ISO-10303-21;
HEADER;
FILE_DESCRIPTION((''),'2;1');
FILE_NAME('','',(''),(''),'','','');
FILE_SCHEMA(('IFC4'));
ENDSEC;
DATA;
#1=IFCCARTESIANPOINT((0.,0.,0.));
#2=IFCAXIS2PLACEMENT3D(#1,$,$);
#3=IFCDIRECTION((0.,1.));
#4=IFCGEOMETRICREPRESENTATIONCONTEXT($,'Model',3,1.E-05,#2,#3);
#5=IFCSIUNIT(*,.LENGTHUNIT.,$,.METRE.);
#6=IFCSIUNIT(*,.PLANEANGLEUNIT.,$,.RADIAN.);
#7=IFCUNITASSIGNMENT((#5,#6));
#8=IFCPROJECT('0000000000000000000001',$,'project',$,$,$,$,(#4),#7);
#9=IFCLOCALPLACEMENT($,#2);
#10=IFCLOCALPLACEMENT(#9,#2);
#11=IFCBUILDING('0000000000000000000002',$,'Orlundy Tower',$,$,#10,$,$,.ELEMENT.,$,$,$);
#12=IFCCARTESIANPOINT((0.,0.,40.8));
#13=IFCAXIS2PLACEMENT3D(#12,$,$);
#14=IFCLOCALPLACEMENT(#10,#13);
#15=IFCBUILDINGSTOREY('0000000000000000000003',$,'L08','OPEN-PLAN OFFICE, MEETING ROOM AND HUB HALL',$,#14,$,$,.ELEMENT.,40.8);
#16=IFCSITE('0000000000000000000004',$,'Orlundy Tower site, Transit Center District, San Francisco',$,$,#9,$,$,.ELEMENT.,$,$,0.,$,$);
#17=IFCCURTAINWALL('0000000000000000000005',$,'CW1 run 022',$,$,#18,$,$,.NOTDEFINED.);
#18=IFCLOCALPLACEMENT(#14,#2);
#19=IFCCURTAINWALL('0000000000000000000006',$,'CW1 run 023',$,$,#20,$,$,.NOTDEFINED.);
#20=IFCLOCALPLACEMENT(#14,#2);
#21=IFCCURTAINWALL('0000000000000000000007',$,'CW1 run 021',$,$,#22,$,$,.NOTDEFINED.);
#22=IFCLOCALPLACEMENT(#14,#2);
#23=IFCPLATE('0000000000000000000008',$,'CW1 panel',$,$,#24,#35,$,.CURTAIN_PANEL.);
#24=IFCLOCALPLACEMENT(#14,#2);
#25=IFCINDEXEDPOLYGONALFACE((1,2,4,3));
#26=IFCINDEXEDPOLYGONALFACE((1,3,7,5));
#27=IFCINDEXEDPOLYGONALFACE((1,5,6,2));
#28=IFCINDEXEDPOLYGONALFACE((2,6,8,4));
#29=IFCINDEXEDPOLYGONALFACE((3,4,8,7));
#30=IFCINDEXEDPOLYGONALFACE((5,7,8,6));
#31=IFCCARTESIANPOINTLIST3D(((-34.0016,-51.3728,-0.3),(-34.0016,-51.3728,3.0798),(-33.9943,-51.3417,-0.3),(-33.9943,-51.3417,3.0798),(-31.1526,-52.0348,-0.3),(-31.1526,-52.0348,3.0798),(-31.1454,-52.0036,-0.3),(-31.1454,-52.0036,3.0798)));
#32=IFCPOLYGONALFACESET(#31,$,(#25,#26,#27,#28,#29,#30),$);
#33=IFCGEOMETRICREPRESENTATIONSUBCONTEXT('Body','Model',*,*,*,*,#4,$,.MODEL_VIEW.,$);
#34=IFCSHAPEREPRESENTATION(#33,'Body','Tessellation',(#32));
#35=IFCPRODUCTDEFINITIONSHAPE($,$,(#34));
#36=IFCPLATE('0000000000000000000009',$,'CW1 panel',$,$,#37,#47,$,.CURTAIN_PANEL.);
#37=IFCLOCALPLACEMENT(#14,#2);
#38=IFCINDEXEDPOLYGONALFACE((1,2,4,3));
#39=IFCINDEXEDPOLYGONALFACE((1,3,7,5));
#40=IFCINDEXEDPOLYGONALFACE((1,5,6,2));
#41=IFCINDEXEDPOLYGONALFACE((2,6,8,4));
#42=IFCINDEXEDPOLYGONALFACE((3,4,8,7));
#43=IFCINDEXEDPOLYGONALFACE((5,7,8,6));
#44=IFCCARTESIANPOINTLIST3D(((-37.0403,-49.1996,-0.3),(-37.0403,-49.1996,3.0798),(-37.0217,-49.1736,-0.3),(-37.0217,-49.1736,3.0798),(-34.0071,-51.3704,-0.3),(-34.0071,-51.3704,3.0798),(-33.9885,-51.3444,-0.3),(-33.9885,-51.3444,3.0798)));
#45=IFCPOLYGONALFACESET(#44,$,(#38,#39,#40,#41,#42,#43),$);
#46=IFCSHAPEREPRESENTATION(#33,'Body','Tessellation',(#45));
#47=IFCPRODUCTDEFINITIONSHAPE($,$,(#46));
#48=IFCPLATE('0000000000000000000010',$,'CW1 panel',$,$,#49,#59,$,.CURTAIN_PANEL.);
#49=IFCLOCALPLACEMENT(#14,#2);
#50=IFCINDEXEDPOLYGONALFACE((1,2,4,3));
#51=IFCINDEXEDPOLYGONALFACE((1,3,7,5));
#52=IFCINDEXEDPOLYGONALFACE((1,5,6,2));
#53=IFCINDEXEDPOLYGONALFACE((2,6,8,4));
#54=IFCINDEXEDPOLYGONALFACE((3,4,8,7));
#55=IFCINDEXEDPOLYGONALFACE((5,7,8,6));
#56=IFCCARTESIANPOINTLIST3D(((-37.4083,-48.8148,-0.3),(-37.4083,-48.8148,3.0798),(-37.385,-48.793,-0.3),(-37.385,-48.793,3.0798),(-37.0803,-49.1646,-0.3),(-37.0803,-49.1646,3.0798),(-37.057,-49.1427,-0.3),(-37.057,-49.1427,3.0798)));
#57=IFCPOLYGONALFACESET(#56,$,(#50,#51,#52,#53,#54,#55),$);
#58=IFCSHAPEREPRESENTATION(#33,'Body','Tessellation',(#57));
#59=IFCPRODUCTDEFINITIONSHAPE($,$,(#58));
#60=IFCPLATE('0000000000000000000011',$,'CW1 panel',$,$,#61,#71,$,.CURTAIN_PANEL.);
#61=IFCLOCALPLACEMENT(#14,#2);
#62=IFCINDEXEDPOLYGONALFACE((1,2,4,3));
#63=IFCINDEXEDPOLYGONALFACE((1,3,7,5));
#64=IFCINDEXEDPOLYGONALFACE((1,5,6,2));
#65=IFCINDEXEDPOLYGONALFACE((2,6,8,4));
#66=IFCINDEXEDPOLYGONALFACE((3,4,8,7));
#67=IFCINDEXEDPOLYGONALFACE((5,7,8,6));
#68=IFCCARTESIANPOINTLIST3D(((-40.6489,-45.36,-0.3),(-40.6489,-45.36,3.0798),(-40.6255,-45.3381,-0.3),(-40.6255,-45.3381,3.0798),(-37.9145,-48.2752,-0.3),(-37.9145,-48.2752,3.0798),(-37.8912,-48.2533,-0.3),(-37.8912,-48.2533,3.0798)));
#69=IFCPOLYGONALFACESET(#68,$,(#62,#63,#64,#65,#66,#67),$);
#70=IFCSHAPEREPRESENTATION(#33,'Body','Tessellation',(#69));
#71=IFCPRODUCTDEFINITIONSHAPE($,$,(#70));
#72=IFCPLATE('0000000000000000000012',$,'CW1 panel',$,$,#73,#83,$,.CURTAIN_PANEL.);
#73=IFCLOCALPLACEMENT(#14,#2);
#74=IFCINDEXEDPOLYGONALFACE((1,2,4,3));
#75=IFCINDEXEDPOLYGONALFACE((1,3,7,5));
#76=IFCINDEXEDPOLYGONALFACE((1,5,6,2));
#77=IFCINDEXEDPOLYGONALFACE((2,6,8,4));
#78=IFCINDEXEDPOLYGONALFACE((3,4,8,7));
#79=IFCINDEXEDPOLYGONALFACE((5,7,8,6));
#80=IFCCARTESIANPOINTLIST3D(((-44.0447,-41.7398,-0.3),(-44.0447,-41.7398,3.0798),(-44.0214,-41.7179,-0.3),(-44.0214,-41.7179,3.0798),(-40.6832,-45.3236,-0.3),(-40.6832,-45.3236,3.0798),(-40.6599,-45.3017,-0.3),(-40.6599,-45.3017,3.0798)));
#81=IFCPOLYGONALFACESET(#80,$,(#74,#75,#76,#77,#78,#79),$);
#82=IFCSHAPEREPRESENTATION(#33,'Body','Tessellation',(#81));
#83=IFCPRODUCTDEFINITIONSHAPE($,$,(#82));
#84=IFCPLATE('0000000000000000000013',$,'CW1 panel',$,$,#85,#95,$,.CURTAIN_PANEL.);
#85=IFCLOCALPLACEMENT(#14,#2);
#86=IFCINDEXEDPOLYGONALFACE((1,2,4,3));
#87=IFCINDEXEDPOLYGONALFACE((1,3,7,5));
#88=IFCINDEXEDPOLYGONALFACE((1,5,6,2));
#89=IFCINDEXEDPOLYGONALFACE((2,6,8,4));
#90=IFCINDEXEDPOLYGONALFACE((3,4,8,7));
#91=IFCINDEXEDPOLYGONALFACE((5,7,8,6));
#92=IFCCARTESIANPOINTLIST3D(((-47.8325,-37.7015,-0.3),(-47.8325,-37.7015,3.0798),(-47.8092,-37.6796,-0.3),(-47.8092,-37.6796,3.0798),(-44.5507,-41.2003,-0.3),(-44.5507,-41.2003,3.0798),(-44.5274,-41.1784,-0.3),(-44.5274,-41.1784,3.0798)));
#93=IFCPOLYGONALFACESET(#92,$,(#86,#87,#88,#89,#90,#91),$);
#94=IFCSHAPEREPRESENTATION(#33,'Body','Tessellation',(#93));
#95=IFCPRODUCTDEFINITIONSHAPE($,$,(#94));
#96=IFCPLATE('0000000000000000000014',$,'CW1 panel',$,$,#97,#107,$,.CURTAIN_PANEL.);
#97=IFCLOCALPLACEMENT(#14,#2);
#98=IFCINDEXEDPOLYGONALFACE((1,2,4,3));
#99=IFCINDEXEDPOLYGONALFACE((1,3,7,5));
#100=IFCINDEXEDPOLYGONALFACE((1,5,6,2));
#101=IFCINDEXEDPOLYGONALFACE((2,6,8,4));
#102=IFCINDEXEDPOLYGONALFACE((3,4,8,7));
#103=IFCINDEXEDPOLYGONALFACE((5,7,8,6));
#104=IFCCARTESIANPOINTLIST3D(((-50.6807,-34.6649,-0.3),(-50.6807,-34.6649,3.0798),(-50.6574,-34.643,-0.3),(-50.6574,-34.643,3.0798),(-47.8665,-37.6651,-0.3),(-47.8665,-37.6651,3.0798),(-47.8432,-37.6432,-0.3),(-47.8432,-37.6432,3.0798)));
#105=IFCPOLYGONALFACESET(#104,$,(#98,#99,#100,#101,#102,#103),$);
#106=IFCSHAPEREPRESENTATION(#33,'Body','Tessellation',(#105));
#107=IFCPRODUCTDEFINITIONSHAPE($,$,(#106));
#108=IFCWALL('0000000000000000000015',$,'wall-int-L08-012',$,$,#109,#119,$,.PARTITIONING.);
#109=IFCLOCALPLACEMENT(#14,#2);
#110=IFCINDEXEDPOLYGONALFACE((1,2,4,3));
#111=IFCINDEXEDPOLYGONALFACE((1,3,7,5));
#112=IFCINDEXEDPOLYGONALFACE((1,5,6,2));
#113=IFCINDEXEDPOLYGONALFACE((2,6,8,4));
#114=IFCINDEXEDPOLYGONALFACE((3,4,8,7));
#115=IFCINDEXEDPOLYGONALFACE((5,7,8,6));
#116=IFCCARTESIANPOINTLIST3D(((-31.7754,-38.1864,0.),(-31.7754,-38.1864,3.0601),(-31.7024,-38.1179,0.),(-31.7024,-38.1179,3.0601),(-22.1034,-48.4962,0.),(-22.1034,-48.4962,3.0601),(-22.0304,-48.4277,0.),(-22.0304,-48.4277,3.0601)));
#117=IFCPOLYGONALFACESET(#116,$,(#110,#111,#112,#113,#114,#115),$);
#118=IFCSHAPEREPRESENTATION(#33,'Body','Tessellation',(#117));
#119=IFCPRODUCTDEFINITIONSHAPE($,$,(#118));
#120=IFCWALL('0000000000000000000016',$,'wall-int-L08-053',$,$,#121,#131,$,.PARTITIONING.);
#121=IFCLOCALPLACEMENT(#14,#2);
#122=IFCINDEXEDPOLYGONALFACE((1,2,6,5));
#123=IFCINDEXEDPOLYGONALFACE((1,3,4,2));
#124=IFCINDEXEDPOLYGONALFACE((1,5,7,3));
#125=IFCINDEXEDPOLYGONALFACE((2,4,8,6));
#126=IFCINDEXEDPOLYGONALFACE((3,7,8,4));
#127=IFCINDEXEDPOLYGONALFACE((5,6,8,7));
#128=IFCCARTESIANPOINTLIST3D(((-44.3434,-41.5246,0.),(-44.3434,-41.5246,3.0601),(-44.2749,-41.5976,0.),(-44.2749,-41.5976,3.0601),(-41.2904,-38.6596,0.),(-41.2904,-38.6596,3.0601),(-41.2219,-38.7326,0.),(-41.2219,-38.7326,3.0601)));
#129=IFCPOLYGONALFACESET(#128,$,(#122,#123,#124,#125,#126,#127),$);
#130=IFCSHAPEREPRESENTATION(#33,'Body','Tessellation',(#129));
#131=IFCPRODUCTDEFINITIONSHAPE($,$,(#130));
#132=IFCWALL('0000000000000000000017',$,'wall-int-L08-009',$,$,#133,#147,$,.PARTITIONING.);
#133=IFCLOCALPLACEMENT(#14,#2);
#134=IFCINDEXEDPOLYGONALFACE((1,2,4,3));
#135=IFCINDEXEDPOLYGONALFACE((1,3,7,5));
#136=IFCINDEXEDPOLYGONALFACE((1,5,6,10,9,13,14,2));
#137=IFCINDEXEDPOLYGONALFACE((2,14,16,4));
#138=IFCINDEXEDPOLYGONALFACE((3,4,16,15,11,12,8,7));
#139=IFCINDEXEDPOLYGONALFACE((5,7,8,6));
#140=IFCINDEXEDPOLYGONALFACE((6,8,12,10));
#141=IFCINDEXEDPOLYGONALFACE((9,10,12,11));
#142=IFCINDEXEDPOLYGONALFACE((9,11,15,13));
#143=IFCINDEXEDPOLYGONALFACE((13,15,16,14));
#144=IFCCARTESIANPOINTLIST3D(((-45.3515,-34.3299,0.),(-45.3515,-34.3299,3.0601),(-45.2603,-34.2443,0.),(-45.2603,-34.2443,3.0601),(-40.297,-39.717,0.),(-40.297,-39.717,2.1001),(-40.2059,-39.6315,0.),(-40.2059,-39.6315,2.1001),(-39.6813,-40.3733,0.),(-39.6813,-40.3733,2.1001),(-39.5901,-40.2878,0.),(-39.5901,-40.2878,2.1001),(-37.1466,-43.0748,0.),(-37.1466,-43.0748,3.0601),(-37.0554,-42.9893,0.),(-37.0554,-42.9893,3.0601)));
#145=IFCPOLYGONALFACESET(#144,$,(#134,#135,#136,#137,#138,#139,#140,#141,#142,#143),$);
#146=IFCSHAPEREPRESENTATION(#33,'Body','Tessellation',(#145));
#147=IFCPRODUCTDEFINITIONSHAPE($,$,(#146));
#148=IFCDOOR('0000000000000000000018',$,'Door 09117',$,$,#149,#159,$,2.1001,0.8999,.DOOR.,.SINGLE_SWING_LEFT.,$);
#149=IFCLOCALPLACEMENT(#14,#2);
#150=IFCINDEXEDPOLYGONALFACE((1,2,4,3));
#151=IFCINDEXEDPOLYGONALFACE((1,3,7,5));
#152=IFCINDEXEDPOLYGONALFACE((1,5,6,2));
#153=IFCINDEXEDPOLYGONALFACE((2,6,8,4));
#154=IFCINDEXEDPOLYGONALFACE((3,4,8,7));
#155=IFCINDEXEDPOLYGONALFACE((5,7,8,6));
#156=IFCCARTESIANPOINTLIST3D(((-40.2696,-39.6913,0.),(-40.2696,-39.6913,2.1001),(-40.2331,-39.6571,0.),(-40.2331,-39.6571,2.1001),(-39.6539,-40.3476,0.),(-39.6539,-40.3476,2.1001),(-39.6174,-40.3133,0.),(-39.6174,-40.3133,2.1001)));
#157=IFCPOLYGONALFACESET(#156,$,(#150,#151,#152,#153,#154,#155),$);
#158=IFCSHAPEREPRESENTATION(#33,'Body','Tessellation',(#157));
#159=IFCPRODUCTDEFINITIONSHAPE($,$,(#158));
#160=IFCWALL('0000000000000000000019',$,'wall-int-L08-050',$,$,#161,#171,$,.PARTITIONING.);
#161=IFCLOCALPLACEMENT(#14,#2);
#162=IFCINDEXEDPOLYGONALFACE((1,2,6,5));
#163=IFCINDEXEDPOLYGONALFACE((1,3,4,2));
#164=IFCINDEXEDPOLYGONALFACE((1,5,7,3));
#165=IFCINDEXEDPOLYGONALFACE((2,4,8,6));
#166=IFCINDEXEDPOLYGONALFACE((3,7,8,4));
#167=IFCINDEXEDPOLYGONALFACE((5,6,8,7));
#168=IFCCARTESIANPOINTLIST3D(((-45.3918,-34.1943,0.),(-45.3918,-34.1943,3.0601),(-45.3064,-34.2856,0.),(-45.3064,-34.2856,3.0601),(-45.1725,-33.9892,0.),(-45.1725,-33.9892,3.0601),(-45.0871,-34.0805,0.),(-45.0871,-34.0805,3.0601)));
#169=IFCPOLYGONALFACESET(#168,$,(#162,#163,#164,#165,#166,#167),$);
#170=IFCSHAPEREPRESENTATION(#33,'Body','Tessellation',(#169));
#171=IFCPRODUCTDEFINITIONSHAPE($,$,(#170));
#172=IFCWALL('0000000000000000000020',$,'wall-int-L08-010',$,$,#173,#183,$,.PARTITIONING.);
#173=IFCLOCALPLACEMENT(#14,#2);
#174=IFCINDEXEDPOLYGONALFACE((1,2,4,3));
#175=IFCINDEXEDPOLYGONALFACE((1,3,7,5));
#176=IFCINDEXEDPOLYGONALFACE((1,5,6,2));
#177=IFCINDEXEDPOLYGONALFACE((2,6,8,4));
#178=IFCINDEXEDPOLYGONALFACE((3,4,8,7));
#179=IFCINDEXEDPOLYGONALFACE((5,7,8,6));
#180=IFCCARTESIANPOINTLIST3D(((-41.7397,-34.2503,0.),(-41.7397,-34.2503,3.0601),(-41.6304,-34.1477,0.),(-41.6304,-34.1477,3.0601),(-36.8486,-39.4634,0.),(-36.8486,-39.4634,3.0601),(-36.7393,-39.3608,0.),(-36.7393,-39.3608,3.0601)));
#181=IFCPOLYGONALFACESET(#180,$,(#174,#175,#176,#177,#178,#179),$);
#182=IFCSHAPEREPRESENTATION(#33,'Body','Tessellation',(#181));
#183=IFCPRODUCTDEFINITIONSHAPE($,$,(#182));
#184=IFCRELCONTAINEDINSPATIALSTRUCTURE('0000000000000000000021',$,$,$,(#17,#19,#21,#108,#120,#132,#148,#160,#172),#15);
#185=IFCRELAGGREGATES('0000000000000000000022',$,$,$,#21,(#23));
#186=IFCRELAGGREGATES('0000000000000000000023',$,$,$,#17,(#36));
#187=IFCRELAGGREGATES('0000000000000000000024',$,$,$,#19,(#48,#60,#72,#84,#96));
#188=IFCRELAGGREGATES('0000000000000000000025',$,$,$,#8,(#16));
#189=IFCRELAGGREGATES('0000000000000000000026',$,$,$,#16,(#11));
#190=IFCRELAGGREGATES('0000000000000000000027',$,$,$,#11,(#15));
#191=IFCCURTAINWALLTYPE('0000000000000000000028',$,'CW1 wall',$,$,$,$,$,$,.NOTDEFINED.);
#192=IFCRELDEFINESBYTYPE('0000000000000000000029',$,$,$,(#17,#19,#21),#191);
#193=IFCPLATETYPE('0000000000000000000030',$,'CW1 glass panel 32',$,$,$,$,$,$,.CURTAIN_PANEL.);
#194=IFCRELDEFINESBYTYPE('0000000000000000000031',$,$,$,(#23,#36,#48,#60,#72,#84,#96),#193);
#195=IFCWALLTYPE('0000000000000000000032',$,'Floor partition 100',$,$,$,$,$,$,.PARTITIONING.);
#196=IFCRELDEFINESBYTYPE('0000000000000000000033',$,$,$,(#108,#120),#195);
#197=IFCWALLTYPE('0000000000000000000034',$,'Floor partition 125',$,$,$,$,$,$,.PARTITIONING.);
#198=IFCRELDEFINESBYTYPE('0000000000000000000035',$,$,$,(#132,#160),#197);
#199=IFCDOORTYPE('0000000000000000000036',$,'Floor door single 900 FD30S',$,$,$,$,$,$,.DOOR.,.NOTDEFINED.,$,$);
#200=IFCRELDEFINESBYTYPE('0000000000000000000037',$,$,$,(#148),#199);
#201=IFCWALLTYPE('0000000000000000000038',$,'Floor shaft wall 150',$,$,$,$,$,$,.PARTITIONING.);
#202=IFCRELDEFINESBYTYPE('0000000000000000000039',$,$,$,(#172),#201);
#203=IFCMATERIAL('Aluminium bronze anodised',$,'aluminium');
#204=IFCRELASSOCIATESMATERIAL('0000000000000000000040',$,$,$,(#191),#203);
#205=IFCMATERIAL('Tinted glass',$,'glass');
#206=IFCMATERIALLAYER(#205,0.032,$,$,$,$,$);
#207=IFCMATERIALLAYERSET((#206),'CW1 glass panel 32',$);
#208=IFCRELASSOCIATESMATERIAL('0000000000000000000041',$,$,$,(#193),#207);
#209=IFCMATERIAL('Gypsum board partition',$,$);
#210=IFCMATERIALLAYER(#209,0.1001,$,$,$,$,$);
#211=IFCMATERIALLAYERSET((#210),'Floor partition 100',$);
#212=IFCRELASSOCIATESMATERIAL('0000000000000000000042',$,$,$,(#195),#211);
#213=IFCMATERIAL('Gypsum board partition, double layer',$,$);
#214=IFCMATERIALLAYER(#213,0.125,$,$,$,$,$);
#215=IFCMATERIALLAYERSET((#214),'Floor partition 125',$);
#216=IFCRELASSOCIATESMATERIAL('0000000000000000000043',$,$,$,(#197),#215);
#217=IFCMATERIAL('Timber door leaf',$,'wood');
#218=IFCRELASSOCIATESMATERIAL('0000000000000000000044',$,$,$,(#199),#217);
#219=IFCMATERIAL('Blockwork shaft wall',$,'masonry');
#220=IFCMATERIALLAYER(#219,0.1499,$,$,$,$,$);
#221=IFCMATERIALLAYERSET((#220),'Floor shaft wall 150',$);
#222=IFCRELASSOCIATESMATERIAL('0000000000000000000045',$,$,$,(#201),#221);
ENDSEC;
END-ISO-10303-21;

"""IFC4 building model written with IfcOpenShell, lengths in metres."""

from ifc_helpers import new_model, si_unit, direction, frame, frame_2d, origin, origin_2d, place, context, subcontext, project, spatial, rectangle, extrude, material, layer, layer_set, type_object, element, fill, aggregate, save


model = new_model("IFC4")

# Units and contexts
model_context = context("Model", 3, precision=1e-05, world=origin(), true_north=direction((0.0, 1.0)))
body_context = subcontext(model_context, "Body", "Model", "MODEL_VIEW")
ifc_project = project(units=[si_unit("LENGTHUNIT", "METRE"), si_unit("PLANEANGLEUNIT", "RADIAN")], contexts=[model_context])

# Site, building, storey
site_placement = place(None, origin())
site = spatial("IfcSite", under=ifc_project, at=site_placement, Name="Orlundy Tower site, Transit Center District, San Francisco", CompositionType="ELEMENT", RefElevation=0.0)
building_placement = place(site_placement, origin())
building = spatial("IfcBuilding", under=site, at=building_placement, Name="Orlundy Tower", CompositionType="ELEMENT")
storey_placement = place(building_placement, frame((0.0, 0.0, 40.8)))
storey = spatial("IfcBuildingStorey", under=building, at=storey_placement, Name="L08", Description="OPEN-PLAN OFFICE, MEETING ROOM AND HUB HALL", CompositionType="ELEMENT", Elevation=40.8)

# Curtain wall
ifc_material_1 = material(Name="Aluminium bronze anodised", Category="aluminium")
curtain_wall_type = type_object("IfcCurtainWallType", Name="CW1 wall", PredefinedType="NOTDEFINED", material=ifc_material_1)
curtain_wall_1_placement = place(storey_placement, origin())
curtain_wall_1 = element("IfcCurtainWall", 1, at=curtain_wall_1_placement, inside=storey, type_object=curtain_wall_type, Name="CW1 run 022", PredefinedType="NOTDEFINED")

# Curtain wall
curtain_wall_2_placement = place(storey_placement, origin())
curtain_wall_2 = element("IfcCurtainWall", 2, at=curtain_wall_2_placement, inside=storey, type_object=curtain_wall_type, Name="CW1 run 023", PredefinedType="NOTDEFINED")

# Curtain wall
curtain_wall_3_placement = place(storey_placement, origin())
curtain_wall_3 = element("IfcCurtainWall", 3, at=curtain_wall_3_placement, inside=storey, type_object=curtain_wall_type, Name="CW1 run 021", PredefinedType="NOTDEFINED")

# Plates
ifc_material_2 = material(Name="Tinted glass", Category="glass")
ifc_layer_1 = layer(ifc_material_2, 0.032)
ifc_layer_set_1 = layer_set([ifc_layer_1], Name="CW1 glass panel 32")
plate_type = type_object("IfcPlateType", Name="CW1 glass panel 32", PredefinedType="CURTAIN_PANEL", material=ifc_layer_set_1)
plate_1_placement = place(storey_placement, frame((-32.5735, -51.6882, -0.3), z_axis=(0.0, 0.0, 1.0), x_axis=(-0.974054, 0.226317, 0.0)))
plate_1 = element("IfcPlate", 4, at=plate_1_placement, type_object=plate_type, Name="CW1 panel", PredefinedType="CURTAIN_PANEL", context=body_context, shape_type="SweptSolid", body=[
    extrude(rectangle(XDim=2.9248, YDim=0.032, at=origin_2d()), origin(), (0.0, 0.0, 1.0), 3.3799),
])
aggregate(curtain_wall_3, [plate_1])
plate_2_placement = place(storey_placement, frame((-35.5144, -50.272, -0.3), z_axis=(0.0, 0.0, 1.0), x_axis=(-0.813204, 0.581978, 0.0)))
plate_2 = element("IfcPlate", 5, at=plate_2_placement, type_object=plate_type, Name="CW1 panel", PredefinedType="CURTAIN_PANEL", context=body_context, shape_type="SweptSolid", body=[
    extrude(rectangle(XDim=3.73, YDim=0.032, at=origin_2d()), origin(), (0.0, 0.0, 1.0), 3.3799),
])
aggregate(curtain_wall_1, [plate_2])
plate_3_placement = place(storey_placement, frame((-37.2327, -48.9788, -0.3), z_axis=(0.0, 0.0, 1.0), x_axis=(-0.684126, 0.729363, 0.0)))
plate_3 = element("IfcPlate", 6, at=plate_3_placement, type_object=plate_type, Name="CW1 panel", PredefinedType="CURTAIN_PANEL", context=body_context, shape_type="SweptSolid", body=[
    extrude(rectangle(XDim=0.4795, YDim=0.032, at=origin_2d()), origin(), (0.0, 0.0, 1.0), 3.3799),
])
plate_4_placement = place(storey_placement, frame((-39.27, -46.8066, -0.3), z_axis=(0.0, 0.0, 1.0), x_axis=(-0.684126, 0.729363, 0.0)))
plate_4 = element("IfcPlate", 7, at=plate_4_placement, type_object=plate_type, Name="CW1 panel", PredefinedType="CURTAIN_PANEL", context=body_context, shape_type="SweptSolid", body=[
    extrude(rectangle(XDim=3.9968, YDim=0.032, at=origin_2d()), origin(), (0.0, 0.0, 1.0), 3.3799),
])
plate_5_placement = place(storey_placement, frame((-42.3523, -43.5208, -0.3), z_axis=(0.0, 0.0, 1.0), x_axis=(-0.684126, 0.729363, 0.0)))
plate_5 = element("IfcPlate", 8, at=plate_5_placement, type_object=plate_type, Name="CW1 panel", PredefinedType="CURTAIN_PANEL", context=body_context, shape_type="SweptSolid", body=[
    extrude(rectangle(XDim=4.9136, YDim=0.032, at=origin_2d()), origin(), (0.0, 0.0, 1.0), 3.3799),
])
plate_6_placement = place(storey_placement, frame((-46.1799, -39.4399, -0.3), z_axis=(0.0, 0.0, 1.0), x_axis=(-0.684126, 0.729363, 0.0)))
plate_6 = element("IfcPlate", 9, at=plate_6_placement, type_object=plate_type, Name="CW1 panel", PredefinedType="CURTAIN_PANEL", context=body_context, shape_type="SweptSolid", body=[
    extrude(rectangle(XDim=4.7971, YDim=0.032, at=origin_2d()), origin(), (0.0, 0.0, 1.0), 3.3799),
])
plate_7_placement = place(storey_placement, frame((-49.262, -36.1541, -0.3), z_axis=(0.0, 0.0, 1.0), x_axis=(-0.684126, 0.729363, 0.0)))
plate_7 = element("IfcPlate", 10, at=plate_7_placement, type_object=plate_type, Name="CW1 panel", PredefinedType="CURTAIN_PANEL", context=body_context, shape_type="SweptSolid", body=[
    extrude(rectangle(XDim=4.1135, YDim=0.032, at=origin_2d()), origin(), (0.0, 0.0, 1.0), 3.3799),
])
aggregate(curtain_wall_2, [plate_3, plate_4, plate_5, plate_6, plate_7])

# Walls
ifc_material_3 = material(Name="Gypsum board partition")
ifc_layer_2 = layer(ifc_material_3, 0.1001)
ifc_layer_set_2 = layer_set([ifc_layer_2], Name="Floor partition 100")
wall_type_1 = type_object("IfcWallType", Name="Floor partition 100", PredefinedType="PARTITIONING", material=ifc_layer_set_2)
wall_1_placement = place(storey_placement, frame((-31.739, -38.1521, 0.0), z_axis=(0.0, 0.0, 1.0), x_axis=(0.684192, -0.729302, 0.0)))
element("IfcWall", 11, at=wall_1_placement, inside=storey, type_object=wall_type_1, Name="wall-int-L08-012", PredefinedType="PARTITIONING", context=body_context, shape_type="SweptSolid", body=[
    extrude(rectangle(XDim=14.1365, YDim=0.1001, at=frame_2d((7.0684, 0.0))), origin(), (0.0, 0.0, 1.0), 3.0601),
])
wall_2_placement = place(storey_placement, frame((-44.3091, -41.561, 0.0), z_axis=(0.0, 0.0, 1.0), x_axis=(0.729201, 0.6843, 0.0)))
element("IfcWall", 12, at=wall_2_placement, inside=storey, type_object=wall_type_1, Name="wall-int-L08-053", PredefinedType="PARTITIONING", context=body_context, shape_type="SweptSolid", body=[
    extrude(rectangle(XDim=4.1868, YDim=0.1001, at=frame_2d((2.0933, 0.0))), origin(), (0.0, 0.0, 1.0), 3.0601),
])

# Wall, opening, door
ifc_material_4 = material(Name="Gypsum board partition, double layer")
ifc_layer_3 = layer(ifc_material_4, 0.125)
ifc_layer_set_3 = layer_set([ifc_layer_3], Name="Floor partition 125")
wall_type_2 = type_object("IfcWallType", Name="Floor partition 125", PredefinedType="PARTITIONING", material=ifc_layer_set_3)
wall_3_placement = place(storey_placement, frame((-37.1011, -43.032, 0.0), z_axis=(0.0, 0.0, 1.0), x_axis=(-0.68423, 0.729266, 0.0)))
wall_3 = element("IfcWall", 13, at=wall_3_placement, inside=storey, type_object=wall_type_2, Name="wall-int-L08-009", PredefinedType="PARTITIONING", context=body_context, shape_type="SweptSolid", body=[
    extrude(rectangle(XDim=11.9915, YDim=0.125, at=frame_2d((5.9956, 0.0))), origin(), (0.0, 0.0, 1.0), 3.0601),
])
opening_1_placement = place(wall_3_placement, frame((3.7043, 0.0, 0.0)))
opening_1 = element("IfcOpeningElement", 14, at=opening_1_placement, cuts=wall_3, PredefinedType="OPENING", context=body_context, shape_type="SweptSolid", body=[
    extrude(rectangle(XDim=0.8999, YDim=2.1001, at=frame_2d((0.45, 1.05))), frame((0.0, 0.0725, 0.0), z_axis=(0.0, -1.0, 0.0), x_axis=(1.0, 0.0, 0.0)), (0.0, 0.0, 1.0), 0.145),
])
ifc_material_5 = material(Name="Timber door leaf", Category="wood")
door_type_1 = type_object("IfcDoorType", Name="Floor door single 900 FD30S", OperationType="NOTDEFINED", PredefinedType="DOOR", material=ifc_material_5)
door_1_placement = place(opening_1_placement, origin())
door_1 = element("IfcDoor", 15, at=door_1_placement, inside=storey, type_object=door_type_1, Name="Door 09117", OperationType="SINGLE_SWING_LEFT", OverallHeight=2.1001, OverallWidth=0.8999, PredefinedType="DOOR", context=body_context, shape_type="SweptSolid", body=[
    extrude(rectangle(XDim=0.8999, YDim=2.1001, at=frame_2d((0.45, 1.05))), frame((0.0, 0.0249, 0.0), z_axis=(0.0, -1.0, 0.0), x_axis=(1.0, 0.0, 0.0)), (0.0, 0.0, 1.0), 0.05),
])
fill(opening_1, door_1)

# Walls
wall_4_placement = place(storey_placement, frame((-45.3491, -34.24, 0.0), z_axis=(0.0, 0.0, 1.0), x_axis=(0.730298, 0.683129, 0.0)))
element("IfcWall", 16, at=wall_4_placement, inside=storey, type_object=wall_type_2, Name="wall-int-L08-050", PredefinedType="PARTITIONING", context=body_context, shape_type="SweptSolid", body=[
    extrude(rectangle(XDim=0.3003, YDim=0.125, at=frame_2d((0.1501, 0.0))), origin(), (0.0, 0.0, 1.0), 3.0601),
])
ifc_material_6 = material(Name="Blockwork shaft wall", Category="masonry")
ifc_layer_4 = layer(ifc_material_6, 0.1499)
ifc_layer_set_4 = layer_set([ifc_layer_4], Name="Floor shaft wall 150")
wall_type_3 = type_object("IfcWallType", Name="Floor shaft wall 150", PredefinedType="PARTITIONING", material=ifc_layer_set_4)
wall_5_placement = place(storey_placement, frame((-41.6851, -34.199, 0.0), z_axis=(0.0, 0.0, 1.0), x_axis=(0.684224, -0.729272, 0.0)))
element("IfcWall", 17, at=wall_5_placement, inside=storey, type_object=wall_type_3, Name="wall-int-L08-010", PredefinedType="PARTITIONING", context=body_context, shape_type="SweptSolid", body=[
    extrude(rectangle(XDim=7.1484, YDim=0.1499, at=frame_2d((3.5742, 0.0))), origin(), (0.0, 0.0, 1.0), 3.0601),
])

save(model, "model.ifc")
